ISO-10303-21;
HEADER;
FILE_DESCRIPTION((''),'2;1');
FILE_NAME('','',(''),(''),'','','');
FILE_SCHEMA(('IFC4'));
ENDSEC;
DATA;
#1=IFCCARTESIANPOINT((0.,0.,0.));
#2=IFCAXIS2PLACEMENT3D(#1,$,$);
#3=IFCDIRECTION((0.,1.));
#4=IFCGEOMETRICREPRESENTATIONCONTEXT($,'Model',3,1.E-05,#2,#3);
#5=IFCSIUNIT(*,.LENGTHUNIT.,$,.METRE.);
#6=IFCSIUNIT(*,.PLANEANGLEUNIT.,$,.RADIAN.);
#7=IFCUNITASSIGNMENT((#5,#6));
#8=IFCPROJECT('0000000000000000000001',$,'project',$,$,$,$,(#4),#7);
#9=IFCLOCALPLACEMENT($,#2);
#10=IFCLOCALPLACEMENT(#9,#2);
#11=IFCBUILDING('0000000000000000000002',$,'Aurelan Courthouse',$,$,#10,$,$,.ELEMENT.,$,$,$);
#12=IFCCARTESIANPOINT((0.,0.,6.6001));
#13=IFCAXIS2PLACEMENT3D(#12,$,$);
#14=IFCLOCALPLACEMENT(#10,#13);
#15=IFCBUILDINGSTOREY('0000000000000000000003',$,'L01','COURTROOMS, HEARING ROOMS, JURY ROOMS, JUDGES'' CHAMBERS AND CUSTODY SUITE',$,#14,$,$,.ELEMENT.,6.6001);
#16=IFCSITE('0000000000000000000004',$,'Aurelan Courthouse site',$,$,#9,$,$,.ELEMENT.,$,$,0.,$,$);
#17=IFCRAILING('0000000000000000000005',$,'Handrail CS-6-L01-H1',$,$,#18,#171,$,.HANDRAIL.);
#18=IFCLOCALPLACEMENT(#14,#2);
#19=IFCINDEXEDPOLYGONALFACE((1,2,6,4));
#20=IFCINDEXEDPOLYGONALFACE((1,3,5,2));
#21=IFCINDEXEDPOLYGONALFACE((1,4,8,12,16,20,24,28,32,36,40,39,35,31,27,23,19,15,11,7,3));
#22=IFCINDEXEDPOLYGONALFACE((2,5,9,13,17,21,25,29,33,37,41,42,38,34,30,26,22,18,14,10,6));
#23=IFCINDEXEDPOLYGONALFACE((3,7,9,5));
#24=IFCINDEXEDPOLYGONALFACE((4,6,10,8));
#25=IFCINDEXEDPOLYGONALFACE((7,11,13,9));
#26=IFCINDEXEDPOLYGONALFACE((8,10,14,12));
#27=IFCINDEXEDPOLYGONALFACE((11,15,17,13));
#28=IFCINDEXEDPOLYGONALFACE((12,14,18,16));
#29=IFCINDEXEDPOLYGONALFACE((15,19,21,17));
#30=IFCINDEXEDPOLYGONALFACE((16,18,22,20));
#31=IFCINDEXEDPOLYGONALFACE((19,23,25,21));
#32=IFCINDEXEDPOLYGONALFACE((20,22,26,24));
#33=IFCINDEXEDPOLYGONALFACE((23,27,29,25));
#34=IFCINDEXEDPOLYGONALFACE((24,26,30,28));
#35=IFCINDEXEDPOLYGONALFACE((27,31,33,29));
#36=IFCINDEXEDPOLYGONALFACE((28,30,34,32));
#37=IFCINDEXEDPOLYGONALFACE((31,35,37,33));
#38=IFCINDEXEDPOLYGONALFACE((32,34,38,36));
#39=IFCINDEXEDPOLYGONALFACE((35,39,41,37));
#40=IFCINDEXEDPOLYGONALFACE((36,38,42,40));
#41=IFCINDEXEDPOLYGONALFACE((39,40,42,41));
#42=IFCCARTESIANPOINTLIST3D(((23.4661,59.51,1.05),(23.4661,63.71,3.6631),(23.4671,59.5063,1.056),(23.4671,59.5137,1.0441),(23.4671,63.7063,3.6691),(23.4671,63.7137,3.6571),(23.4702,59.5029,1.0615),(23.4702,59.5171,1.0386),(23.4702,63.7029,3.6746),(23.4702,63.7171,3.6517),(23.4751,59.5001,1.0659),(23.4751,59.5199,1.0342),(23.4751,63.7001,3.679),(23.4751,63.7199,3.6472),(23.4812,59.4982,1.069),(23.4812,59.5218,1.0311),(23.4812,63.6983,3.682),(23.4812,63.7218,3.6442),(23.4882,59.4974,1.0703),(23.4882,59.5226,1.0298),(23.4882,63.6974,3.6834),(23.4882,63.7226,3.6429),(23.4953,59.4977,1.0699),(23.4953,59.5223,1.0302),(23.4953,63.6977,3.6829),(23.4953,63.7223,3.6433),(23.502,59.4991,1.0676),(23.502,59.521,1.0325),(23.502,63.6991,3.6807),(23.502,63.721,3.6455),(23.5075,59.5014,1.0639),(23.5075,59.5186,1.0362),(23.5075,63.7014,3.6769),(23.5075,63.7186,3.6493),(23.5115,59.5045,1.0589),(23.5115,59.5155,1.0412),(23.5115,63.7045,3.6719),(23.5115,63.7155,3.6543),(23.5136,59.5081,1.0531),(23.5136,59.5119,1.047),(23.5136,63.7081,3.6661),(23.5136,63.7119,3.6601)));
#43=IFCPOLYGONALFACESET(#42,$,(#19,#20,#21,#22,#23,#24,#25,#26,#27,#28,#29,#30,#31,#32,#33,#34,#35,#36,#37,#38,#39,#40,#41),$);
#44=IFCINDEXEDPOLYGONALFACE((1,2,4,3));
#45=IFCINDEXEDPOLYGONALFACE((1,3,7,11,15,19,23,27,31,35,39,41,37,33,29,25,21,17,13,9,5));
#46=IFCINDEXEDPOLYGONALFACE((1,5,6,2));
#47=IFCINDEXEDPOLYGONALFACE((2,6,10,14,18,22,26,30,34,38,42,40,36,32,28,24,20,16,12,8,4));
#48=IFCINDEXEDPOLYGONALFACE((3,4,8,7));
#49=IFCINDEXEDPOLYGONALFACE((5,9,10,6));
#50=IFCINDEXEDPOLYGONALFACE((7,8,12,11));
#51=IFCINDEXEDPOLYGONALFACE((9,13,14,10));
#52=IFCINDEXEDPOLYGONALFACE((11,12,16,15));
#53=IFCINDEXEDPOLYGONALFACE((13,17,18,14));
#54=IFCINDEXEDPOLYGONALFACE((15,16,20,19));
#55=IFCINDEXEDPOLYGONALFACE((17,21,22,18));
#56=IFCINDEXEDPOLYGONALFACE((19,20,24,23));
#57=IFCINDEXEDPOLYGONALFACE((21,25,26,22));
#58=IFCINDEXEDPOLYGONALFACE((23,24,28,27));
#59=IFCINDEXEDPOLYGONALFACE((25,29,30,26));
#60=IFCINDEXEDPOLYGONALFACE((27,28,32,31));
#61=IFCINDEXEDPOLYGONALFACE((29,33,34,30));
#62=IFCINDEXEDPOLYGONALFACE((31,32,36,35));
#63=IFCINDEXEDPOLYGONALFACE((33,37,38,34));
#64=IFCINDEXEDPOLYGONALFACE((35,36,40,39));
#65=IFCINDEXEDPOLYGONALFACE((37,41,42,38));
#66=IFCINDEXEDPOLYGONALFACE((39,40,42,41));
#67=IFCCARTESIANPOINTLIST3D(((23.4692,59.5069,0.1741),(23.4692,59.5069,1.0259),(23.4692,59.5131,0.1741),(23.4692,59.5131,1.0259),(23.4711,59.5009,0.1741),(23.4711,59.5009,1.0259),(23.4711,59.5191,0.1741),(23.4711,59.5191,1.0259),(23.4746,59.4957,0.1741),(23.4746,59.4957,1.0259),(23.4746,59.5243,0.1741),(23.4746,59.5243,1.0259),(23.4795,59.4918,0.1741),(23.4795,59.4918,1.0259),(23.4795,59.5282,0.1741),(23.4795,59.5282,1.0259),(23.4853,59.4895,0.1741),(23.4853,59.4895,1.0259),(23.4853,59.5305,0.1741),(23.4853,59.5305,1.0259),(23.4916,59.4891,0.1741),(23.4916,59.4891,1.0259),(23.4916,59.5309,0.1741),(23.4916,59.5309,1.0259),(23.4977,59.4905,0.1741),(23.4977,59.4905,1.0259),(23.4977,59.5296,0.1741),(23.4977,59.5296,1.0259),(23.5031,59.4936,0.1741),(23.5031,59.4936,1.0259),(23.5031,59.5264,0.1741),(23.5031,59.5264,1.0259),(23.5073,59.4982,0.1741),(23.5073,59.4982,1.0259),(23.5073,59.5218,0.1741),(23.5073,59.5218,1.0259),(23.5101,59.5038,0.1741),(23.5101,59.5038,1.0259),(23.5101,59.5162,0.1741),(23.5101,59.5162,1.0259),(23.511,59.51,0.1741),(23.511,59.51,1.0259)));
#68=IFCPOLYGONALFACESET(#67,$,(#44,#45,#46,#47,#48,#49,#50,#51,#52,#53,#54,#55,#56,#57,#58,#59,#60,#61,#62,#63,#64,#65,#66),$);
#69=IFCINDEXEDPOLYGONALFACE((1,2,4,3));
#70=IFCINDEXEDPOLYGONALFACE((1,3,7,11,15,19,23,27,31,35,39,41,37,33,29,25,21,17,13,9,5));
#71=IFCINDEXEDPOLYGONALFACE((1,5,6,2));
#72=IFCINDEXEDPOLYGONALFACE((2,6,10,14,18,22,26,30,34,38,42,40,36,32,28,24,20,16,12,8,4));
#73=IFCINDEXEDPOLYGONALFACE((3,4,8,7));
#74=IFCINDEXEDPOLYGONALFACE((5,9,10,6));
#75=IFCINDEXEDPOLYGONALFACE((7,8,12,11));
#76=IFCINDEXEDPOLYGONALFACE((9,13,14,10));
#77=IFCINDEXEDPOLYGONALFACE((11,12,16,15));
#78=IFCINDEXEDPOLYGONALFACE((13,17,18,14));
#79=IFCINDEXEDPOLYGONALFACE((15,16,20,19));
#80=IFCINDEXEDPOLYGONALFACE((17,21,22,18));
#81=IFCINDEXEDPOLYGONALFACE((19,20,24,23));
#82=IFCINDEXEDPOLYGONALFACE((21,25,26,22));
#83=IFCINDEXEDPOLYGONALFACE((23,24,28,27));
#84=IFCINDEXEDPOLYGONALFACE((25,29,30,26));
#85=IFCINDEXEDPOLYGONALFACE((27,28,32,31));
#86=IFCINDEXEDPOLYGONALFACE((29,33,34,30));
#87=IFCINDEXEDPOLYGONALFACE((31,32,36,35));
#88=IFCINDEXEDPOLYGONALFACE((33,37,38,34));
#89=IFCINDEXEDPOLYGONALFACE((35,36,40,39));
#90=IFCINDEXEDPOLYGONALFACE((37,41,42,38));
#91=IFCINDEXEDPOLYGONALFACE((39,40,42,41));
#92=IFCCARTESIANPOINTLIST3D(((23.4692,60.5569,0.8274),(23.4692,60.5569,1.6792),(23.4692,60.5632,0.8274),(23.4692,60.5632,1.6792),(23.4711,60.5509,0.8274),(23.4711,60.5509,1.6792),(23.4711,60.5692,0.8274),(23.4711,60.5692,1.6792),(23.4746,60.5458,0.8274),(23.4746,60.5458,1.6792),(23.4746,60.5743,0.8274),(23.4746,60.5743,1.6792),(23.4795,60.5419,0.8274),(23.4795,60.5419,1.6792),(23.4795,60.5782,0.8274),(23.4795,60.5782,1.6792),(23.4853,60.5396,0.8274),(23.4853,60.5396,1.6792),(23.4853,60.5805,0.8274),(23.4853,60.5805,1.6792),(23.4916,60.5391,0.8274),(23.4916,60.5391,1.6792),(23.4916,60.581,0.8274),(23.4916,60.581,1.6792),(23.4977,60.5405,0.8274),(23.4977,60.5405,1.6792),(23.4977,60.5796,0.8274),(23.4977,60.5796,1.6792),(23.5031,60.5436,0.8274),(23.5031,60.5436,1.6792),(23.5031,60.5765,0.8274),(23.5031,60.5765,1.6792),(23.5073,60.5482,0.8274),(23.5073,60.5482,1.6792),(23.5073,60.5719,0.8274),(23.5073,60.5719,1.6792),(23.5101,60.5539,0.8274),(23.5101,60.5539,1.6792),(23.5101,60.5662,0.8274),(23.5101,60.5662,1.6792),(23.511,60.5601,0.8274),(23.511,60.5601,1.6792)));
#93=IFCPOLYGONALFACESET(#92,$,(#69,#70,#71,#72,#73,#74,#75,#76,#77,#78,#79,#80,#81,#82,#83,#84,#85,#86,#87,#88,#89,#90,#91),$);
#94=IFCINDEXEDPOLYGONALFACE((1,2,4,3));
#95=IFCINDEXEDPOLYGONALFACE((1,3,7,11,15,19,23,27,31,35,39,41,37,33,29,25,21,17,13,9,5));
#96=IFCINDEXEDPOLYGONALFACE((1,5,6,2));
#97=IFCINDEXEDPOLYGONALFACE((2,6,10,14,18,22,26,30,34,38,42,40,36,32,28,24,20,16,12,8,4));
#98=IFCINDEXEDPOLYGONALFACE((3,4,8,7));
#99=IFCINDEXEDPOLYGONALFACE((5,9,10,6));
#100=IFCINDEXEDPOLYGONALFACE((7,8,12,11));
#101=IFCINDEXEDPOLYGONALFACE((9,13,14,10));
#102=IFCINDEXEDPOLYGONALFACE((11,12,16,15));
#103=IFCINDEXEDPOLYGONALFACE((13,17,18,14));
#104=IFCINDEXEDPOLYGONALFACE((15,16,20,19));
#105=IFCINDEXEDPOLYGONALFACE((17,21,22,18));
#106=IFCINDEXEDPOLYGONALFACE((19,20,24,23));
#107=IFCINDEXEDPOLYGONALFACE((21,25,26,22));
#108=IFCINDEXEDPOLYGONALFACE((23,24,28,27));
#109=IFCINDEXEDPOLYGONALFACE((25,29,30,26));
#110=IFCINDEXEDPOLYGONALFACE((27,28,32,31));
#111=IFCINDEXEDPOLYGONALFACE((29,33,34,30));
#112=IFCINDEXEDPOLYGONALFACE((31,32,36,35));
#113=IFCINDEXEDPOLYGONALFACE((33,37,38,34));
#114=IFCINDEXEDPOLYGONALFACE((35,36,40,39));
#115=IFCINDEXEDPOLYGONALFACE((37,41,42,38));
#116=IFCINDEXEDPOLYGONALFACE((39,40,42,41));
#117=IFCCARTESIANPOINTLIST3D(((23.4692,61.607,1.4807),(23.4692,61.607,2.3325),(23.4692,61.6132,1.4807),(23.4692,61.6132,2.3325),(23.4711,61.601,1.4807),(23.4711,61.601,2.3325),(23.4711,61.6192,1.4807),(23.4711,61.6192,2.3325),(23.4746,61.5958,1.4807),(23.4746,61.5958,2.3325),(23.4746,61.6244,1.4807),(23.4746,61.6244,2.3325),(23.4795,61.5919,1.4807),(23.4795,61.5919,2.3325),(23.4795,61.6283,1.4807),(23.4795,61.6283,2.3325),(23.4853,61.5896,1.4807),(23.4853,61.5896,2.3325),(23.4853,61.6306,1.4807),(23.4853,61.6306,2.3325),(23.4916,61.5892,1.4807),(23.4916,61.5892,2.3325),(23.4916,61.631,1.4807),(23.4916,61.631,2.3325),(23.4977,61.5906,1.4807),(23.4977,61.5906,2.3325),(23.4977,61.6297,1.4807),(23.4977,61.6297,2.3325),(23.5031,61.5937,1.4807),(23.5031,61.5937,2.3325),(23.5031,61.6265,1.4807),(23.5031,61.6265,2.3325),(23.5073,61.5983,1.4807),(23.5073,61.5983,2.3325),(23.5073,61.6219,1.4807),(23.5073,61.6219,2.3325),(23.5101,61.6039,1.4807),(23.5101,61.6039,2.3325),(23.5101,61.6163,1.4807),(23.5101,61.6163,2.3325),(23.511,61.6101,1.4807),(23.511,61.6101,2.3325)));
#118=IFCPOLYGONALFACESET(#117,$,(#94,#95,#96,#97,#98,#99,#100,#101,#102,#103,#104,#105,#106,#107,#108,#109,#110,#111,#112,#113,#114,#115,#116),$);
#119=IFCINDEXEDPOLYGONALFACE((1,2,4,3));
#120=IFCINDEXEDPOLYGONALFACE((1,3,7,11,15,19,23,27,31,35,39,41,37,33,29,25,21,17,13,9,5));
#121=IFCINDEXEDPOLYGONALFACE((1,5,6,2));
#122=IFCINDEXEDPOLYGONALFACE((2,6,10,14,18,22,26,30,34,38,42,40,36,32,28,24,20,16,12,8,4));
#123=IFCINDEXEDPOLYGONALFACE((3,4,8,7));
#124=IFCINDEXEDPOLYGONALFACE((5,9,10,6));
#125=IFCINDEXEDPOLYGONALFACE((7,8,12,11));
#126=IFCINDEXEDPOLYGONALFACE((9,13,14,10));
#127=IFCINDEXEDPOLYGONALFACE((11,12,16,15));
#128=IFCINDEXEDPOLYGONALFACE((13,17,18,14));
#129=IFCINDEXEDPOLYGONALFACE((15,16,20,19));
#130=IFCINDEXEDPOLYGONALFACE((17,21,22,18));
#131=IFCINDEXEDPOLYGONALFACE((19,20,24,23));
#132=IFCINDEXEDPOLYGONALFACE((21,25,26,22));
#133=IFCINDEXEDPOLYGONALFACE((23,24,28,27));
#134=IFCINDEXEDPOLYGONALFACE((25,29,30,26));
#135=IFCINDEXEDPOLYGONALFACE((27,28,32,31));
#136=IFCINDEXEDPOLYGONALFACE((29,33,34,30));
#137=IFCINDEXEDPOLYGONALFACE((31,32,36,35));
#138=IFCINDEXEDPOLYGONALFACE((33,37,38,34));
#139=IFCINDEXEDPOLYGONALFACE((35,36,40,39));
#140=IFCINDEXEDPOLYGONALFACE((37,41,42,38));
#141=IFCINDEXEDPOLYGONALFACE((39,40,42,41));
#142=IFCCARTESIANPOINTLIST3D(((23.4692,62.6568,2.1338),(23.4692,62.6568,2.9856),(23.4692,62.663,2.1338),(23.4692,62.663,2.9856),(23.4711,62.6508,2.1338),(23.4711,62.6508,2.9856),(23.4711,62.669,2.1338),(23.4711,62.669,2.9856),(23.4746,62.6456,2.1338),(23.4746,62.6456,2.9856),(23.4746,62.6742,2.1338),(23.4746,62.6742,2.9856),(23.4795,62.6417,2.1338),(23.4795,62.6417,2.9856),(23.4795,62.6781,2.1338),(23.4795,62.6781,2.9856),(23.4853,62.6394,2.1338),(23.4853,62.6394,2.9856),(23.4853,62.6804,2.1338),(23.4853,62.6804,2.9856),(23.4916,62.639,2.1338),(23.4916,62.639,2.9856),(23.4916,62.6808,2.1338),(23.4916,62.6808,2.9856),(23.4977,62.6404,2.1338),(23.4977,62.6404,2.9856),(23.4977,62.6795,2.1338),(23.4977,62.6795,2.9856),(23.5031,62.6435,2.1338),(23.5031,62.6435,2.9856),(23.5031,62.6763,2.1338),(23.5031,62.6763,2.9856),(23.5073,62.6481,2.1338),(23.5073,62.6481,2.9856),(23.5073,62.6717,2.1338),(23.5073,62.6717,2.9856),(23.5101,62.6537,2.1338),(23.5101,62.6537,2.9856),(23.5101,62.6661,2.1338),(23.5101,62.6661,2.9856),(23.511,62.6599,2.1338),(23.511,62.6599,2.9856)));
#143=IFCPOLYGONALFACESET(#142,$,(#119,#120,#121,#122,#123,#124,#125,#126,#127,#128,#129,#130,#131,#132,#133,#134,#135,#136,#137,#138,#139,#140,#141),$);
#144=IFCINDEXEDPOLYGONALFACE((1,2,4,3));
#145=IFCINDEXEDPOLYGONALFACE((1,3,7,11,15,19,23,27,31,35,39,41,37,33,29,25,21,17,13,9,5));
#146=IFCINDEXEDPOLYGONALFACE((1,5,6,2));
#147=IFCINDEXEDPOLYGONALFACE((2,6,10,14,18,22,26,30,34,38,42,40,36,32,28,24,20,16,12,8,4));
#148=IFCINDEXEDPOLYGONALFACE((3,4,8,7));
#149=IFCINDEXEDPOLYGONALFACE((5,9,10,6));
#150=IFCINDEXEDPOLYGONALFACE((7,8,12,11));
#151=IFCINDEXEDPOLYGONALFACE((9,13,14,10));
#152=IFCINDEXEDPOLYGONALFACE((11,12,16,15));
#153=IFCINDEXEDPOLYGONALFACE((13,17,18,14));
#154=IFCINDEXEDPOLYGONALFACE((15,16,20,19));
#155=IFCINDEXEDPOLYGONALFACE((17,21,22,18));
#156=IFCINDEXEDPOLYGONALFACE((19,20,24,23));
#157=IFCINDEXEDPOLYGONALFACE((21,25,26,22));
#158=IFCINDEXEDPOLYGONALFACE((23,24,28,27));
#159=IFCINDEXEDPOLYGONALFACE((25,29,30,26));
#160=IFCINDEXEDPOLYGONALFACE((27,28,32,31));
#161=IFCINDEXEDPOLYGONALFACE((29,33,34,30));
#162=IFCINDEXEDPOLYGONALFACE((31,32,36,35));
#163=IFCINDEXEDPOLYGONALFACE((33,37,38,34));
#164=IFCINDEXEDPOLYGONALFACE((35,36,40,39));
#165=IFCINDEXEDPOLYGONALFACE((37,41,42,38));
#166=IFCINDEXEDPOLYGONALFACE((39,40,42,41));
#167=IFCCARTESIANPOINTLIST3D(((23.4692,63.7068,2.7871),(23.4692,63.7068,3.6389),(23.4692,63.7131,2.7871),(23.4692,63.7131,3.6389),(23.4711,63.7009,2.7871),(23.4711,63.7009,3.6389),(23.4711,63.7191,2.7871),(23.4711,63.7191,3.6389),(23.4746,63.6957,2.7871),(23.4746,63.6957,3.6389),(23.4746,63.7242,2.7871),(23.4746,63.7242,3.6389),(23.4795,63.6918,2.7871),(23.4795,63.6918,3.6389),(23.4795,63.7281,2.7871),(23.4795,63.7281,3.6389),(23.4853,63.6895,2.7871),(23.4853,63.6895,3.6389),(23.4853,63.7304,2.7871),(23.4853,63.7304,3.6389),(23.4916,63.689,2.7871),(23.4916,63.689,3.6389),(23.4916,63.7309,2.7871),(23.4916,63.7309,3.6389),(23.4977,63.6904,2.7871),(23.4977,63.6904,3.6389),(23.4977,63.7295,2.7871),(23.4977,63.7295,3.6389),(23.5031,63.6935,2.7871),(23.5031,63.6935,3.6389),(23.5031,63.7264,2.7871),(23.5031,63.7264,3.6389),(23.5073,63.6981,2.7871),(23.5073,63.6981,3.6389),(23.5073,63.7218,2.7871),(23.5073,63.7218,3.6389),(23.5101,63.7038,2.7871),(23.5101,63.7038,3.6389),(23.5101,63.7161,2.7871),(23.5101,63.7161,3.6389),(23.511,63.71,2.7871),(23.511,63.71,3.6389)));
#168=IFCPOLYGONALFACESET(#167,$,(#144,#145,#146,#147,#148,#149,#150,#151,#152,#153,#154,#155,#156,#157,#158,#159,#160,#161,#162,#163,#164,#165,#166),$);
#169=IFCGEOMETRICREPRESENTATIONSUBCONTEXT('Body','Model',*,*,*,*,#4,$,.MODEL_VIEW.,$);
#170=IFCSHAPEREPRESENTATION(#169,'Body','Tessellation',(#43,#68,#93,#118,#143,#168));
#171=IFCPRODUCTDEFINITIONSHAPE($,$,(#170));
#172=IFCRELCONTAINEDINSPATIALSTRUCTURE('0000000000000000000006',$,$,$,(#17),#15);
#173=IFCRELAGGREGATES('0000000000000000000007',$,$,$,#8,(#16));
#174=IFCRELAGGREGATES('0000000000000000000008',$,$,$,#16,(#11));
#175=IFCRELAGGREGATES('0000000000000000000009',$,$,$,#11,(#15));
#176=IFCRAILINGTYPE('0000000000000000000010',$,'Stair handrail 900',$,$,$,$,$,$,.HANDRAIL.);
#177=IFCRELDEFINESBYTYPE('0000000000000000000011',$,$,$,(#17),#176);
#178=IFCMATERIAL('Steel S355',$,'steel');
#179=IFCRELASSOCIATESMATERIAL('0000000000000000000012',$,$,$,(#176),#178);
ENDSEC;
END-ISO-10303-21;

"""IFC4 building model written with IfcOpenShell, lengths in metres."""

from ifc_helpers import new_model, si_unit, direction, frame, origin, origin_2d, place, context, subcontext, project, spatial, circle, extrude, material, type_object, element, save


model = new_model("IFC4")

# Units and contexts
model_context = context("Model", 3, precision=1e-05, world=origin(), true_north=direction((0.0, 1.0)))
body_context = subcontext(model_context, "Body", "Model", "MODEL_VIEW")
ifc_project = project(units=[si_unit("LENGTHUNIT", "METRE"), si_unit("PLANEANGLEUNIT", "RADIAN")], contexts=[model_context])

# Site, building, storey
site_placement = place(None, origin())
site = spatial("IfcSite", under=ifc_project, at=site_placement, Name="Aurelan Courthouse site", CompositionType="ELEMENT", RefElevation=0.0)
building_placement = place(site_placement, origin())
building = spatial("IfcBuilding", under=site, at=building_placement, Name="Aurelan Courthouse", CompositionType="ELEMENT")
storey_placement = place(building_placement, frame((0.0, 0.0, 6.6001)))
storey = spatial("IfcBuildingStorey", under=building, at=storey_placement, Name="L01", Description="COURTROOMS, HEARING ROOMS, JURY ROOMS, JUDGES' CHAMBERS AND CUSTODY SUITE", CompositionType="ELEMENT", Elevation=6.6001)

# Railing
ifc_material_1 = material(Name="Steel S355", Category="steel")
railing_type_1 = type_object("IfcRailingType", Name="Stair handrail 900", PredefinedType="HANDRAIL", material=ifc_material_1)
for number, where, name in (
    (1, (23.49, 59.51, 0.1741), "Handrail CS-6-L01-H1"),
):
    element("IfcRailing", number, at=place(storey_placement, frame(where)), inside=storey, type_object=railing_type_1, Name=name, PredefinedType="HANDRAIL", context=body_context, shape_type="SweptSolid", body=[
        extrude(circle(Radius=0.0239, at=origin_2d()), frame((0.0, 0.0, 0.876), z_axis=(0.0, 0.849081, 0.528263), x_axis=(-1.0, 0.0, 0.0)), (0.0, 0.0, 1.0), 4.9465),
        extrude(circle(Radius=0.021, at=origin_2d()), origin(), (0.0, 0.0, 1.0), 0.8518),
        extrude(circle(Radius=0.021, at=origin_2d()), frame((0.0, 1.05, 0.6533)), (0.0, 0.0, 1.0), 0.8518),
        extrude(circle(Radius=0.021, at=origin_2d()), frame((0.0, 2.1001, 1.3066)), (0.0, 0.0, 1.0), 0.8518),
        extrude(circle(Radius=0.021, at=origin_2d()), frame((0.0, 3.1499, 1.9597)), (0.0, 0.0, 1.0), 0.8518),
        extrude(circle(Radius=0.021, at=origin_2d()), frame((0.0, 4.2, 2.613)), (0.0, 0.0, 1.0), 0.8518),
    ])

save(model, "model.ifc")
